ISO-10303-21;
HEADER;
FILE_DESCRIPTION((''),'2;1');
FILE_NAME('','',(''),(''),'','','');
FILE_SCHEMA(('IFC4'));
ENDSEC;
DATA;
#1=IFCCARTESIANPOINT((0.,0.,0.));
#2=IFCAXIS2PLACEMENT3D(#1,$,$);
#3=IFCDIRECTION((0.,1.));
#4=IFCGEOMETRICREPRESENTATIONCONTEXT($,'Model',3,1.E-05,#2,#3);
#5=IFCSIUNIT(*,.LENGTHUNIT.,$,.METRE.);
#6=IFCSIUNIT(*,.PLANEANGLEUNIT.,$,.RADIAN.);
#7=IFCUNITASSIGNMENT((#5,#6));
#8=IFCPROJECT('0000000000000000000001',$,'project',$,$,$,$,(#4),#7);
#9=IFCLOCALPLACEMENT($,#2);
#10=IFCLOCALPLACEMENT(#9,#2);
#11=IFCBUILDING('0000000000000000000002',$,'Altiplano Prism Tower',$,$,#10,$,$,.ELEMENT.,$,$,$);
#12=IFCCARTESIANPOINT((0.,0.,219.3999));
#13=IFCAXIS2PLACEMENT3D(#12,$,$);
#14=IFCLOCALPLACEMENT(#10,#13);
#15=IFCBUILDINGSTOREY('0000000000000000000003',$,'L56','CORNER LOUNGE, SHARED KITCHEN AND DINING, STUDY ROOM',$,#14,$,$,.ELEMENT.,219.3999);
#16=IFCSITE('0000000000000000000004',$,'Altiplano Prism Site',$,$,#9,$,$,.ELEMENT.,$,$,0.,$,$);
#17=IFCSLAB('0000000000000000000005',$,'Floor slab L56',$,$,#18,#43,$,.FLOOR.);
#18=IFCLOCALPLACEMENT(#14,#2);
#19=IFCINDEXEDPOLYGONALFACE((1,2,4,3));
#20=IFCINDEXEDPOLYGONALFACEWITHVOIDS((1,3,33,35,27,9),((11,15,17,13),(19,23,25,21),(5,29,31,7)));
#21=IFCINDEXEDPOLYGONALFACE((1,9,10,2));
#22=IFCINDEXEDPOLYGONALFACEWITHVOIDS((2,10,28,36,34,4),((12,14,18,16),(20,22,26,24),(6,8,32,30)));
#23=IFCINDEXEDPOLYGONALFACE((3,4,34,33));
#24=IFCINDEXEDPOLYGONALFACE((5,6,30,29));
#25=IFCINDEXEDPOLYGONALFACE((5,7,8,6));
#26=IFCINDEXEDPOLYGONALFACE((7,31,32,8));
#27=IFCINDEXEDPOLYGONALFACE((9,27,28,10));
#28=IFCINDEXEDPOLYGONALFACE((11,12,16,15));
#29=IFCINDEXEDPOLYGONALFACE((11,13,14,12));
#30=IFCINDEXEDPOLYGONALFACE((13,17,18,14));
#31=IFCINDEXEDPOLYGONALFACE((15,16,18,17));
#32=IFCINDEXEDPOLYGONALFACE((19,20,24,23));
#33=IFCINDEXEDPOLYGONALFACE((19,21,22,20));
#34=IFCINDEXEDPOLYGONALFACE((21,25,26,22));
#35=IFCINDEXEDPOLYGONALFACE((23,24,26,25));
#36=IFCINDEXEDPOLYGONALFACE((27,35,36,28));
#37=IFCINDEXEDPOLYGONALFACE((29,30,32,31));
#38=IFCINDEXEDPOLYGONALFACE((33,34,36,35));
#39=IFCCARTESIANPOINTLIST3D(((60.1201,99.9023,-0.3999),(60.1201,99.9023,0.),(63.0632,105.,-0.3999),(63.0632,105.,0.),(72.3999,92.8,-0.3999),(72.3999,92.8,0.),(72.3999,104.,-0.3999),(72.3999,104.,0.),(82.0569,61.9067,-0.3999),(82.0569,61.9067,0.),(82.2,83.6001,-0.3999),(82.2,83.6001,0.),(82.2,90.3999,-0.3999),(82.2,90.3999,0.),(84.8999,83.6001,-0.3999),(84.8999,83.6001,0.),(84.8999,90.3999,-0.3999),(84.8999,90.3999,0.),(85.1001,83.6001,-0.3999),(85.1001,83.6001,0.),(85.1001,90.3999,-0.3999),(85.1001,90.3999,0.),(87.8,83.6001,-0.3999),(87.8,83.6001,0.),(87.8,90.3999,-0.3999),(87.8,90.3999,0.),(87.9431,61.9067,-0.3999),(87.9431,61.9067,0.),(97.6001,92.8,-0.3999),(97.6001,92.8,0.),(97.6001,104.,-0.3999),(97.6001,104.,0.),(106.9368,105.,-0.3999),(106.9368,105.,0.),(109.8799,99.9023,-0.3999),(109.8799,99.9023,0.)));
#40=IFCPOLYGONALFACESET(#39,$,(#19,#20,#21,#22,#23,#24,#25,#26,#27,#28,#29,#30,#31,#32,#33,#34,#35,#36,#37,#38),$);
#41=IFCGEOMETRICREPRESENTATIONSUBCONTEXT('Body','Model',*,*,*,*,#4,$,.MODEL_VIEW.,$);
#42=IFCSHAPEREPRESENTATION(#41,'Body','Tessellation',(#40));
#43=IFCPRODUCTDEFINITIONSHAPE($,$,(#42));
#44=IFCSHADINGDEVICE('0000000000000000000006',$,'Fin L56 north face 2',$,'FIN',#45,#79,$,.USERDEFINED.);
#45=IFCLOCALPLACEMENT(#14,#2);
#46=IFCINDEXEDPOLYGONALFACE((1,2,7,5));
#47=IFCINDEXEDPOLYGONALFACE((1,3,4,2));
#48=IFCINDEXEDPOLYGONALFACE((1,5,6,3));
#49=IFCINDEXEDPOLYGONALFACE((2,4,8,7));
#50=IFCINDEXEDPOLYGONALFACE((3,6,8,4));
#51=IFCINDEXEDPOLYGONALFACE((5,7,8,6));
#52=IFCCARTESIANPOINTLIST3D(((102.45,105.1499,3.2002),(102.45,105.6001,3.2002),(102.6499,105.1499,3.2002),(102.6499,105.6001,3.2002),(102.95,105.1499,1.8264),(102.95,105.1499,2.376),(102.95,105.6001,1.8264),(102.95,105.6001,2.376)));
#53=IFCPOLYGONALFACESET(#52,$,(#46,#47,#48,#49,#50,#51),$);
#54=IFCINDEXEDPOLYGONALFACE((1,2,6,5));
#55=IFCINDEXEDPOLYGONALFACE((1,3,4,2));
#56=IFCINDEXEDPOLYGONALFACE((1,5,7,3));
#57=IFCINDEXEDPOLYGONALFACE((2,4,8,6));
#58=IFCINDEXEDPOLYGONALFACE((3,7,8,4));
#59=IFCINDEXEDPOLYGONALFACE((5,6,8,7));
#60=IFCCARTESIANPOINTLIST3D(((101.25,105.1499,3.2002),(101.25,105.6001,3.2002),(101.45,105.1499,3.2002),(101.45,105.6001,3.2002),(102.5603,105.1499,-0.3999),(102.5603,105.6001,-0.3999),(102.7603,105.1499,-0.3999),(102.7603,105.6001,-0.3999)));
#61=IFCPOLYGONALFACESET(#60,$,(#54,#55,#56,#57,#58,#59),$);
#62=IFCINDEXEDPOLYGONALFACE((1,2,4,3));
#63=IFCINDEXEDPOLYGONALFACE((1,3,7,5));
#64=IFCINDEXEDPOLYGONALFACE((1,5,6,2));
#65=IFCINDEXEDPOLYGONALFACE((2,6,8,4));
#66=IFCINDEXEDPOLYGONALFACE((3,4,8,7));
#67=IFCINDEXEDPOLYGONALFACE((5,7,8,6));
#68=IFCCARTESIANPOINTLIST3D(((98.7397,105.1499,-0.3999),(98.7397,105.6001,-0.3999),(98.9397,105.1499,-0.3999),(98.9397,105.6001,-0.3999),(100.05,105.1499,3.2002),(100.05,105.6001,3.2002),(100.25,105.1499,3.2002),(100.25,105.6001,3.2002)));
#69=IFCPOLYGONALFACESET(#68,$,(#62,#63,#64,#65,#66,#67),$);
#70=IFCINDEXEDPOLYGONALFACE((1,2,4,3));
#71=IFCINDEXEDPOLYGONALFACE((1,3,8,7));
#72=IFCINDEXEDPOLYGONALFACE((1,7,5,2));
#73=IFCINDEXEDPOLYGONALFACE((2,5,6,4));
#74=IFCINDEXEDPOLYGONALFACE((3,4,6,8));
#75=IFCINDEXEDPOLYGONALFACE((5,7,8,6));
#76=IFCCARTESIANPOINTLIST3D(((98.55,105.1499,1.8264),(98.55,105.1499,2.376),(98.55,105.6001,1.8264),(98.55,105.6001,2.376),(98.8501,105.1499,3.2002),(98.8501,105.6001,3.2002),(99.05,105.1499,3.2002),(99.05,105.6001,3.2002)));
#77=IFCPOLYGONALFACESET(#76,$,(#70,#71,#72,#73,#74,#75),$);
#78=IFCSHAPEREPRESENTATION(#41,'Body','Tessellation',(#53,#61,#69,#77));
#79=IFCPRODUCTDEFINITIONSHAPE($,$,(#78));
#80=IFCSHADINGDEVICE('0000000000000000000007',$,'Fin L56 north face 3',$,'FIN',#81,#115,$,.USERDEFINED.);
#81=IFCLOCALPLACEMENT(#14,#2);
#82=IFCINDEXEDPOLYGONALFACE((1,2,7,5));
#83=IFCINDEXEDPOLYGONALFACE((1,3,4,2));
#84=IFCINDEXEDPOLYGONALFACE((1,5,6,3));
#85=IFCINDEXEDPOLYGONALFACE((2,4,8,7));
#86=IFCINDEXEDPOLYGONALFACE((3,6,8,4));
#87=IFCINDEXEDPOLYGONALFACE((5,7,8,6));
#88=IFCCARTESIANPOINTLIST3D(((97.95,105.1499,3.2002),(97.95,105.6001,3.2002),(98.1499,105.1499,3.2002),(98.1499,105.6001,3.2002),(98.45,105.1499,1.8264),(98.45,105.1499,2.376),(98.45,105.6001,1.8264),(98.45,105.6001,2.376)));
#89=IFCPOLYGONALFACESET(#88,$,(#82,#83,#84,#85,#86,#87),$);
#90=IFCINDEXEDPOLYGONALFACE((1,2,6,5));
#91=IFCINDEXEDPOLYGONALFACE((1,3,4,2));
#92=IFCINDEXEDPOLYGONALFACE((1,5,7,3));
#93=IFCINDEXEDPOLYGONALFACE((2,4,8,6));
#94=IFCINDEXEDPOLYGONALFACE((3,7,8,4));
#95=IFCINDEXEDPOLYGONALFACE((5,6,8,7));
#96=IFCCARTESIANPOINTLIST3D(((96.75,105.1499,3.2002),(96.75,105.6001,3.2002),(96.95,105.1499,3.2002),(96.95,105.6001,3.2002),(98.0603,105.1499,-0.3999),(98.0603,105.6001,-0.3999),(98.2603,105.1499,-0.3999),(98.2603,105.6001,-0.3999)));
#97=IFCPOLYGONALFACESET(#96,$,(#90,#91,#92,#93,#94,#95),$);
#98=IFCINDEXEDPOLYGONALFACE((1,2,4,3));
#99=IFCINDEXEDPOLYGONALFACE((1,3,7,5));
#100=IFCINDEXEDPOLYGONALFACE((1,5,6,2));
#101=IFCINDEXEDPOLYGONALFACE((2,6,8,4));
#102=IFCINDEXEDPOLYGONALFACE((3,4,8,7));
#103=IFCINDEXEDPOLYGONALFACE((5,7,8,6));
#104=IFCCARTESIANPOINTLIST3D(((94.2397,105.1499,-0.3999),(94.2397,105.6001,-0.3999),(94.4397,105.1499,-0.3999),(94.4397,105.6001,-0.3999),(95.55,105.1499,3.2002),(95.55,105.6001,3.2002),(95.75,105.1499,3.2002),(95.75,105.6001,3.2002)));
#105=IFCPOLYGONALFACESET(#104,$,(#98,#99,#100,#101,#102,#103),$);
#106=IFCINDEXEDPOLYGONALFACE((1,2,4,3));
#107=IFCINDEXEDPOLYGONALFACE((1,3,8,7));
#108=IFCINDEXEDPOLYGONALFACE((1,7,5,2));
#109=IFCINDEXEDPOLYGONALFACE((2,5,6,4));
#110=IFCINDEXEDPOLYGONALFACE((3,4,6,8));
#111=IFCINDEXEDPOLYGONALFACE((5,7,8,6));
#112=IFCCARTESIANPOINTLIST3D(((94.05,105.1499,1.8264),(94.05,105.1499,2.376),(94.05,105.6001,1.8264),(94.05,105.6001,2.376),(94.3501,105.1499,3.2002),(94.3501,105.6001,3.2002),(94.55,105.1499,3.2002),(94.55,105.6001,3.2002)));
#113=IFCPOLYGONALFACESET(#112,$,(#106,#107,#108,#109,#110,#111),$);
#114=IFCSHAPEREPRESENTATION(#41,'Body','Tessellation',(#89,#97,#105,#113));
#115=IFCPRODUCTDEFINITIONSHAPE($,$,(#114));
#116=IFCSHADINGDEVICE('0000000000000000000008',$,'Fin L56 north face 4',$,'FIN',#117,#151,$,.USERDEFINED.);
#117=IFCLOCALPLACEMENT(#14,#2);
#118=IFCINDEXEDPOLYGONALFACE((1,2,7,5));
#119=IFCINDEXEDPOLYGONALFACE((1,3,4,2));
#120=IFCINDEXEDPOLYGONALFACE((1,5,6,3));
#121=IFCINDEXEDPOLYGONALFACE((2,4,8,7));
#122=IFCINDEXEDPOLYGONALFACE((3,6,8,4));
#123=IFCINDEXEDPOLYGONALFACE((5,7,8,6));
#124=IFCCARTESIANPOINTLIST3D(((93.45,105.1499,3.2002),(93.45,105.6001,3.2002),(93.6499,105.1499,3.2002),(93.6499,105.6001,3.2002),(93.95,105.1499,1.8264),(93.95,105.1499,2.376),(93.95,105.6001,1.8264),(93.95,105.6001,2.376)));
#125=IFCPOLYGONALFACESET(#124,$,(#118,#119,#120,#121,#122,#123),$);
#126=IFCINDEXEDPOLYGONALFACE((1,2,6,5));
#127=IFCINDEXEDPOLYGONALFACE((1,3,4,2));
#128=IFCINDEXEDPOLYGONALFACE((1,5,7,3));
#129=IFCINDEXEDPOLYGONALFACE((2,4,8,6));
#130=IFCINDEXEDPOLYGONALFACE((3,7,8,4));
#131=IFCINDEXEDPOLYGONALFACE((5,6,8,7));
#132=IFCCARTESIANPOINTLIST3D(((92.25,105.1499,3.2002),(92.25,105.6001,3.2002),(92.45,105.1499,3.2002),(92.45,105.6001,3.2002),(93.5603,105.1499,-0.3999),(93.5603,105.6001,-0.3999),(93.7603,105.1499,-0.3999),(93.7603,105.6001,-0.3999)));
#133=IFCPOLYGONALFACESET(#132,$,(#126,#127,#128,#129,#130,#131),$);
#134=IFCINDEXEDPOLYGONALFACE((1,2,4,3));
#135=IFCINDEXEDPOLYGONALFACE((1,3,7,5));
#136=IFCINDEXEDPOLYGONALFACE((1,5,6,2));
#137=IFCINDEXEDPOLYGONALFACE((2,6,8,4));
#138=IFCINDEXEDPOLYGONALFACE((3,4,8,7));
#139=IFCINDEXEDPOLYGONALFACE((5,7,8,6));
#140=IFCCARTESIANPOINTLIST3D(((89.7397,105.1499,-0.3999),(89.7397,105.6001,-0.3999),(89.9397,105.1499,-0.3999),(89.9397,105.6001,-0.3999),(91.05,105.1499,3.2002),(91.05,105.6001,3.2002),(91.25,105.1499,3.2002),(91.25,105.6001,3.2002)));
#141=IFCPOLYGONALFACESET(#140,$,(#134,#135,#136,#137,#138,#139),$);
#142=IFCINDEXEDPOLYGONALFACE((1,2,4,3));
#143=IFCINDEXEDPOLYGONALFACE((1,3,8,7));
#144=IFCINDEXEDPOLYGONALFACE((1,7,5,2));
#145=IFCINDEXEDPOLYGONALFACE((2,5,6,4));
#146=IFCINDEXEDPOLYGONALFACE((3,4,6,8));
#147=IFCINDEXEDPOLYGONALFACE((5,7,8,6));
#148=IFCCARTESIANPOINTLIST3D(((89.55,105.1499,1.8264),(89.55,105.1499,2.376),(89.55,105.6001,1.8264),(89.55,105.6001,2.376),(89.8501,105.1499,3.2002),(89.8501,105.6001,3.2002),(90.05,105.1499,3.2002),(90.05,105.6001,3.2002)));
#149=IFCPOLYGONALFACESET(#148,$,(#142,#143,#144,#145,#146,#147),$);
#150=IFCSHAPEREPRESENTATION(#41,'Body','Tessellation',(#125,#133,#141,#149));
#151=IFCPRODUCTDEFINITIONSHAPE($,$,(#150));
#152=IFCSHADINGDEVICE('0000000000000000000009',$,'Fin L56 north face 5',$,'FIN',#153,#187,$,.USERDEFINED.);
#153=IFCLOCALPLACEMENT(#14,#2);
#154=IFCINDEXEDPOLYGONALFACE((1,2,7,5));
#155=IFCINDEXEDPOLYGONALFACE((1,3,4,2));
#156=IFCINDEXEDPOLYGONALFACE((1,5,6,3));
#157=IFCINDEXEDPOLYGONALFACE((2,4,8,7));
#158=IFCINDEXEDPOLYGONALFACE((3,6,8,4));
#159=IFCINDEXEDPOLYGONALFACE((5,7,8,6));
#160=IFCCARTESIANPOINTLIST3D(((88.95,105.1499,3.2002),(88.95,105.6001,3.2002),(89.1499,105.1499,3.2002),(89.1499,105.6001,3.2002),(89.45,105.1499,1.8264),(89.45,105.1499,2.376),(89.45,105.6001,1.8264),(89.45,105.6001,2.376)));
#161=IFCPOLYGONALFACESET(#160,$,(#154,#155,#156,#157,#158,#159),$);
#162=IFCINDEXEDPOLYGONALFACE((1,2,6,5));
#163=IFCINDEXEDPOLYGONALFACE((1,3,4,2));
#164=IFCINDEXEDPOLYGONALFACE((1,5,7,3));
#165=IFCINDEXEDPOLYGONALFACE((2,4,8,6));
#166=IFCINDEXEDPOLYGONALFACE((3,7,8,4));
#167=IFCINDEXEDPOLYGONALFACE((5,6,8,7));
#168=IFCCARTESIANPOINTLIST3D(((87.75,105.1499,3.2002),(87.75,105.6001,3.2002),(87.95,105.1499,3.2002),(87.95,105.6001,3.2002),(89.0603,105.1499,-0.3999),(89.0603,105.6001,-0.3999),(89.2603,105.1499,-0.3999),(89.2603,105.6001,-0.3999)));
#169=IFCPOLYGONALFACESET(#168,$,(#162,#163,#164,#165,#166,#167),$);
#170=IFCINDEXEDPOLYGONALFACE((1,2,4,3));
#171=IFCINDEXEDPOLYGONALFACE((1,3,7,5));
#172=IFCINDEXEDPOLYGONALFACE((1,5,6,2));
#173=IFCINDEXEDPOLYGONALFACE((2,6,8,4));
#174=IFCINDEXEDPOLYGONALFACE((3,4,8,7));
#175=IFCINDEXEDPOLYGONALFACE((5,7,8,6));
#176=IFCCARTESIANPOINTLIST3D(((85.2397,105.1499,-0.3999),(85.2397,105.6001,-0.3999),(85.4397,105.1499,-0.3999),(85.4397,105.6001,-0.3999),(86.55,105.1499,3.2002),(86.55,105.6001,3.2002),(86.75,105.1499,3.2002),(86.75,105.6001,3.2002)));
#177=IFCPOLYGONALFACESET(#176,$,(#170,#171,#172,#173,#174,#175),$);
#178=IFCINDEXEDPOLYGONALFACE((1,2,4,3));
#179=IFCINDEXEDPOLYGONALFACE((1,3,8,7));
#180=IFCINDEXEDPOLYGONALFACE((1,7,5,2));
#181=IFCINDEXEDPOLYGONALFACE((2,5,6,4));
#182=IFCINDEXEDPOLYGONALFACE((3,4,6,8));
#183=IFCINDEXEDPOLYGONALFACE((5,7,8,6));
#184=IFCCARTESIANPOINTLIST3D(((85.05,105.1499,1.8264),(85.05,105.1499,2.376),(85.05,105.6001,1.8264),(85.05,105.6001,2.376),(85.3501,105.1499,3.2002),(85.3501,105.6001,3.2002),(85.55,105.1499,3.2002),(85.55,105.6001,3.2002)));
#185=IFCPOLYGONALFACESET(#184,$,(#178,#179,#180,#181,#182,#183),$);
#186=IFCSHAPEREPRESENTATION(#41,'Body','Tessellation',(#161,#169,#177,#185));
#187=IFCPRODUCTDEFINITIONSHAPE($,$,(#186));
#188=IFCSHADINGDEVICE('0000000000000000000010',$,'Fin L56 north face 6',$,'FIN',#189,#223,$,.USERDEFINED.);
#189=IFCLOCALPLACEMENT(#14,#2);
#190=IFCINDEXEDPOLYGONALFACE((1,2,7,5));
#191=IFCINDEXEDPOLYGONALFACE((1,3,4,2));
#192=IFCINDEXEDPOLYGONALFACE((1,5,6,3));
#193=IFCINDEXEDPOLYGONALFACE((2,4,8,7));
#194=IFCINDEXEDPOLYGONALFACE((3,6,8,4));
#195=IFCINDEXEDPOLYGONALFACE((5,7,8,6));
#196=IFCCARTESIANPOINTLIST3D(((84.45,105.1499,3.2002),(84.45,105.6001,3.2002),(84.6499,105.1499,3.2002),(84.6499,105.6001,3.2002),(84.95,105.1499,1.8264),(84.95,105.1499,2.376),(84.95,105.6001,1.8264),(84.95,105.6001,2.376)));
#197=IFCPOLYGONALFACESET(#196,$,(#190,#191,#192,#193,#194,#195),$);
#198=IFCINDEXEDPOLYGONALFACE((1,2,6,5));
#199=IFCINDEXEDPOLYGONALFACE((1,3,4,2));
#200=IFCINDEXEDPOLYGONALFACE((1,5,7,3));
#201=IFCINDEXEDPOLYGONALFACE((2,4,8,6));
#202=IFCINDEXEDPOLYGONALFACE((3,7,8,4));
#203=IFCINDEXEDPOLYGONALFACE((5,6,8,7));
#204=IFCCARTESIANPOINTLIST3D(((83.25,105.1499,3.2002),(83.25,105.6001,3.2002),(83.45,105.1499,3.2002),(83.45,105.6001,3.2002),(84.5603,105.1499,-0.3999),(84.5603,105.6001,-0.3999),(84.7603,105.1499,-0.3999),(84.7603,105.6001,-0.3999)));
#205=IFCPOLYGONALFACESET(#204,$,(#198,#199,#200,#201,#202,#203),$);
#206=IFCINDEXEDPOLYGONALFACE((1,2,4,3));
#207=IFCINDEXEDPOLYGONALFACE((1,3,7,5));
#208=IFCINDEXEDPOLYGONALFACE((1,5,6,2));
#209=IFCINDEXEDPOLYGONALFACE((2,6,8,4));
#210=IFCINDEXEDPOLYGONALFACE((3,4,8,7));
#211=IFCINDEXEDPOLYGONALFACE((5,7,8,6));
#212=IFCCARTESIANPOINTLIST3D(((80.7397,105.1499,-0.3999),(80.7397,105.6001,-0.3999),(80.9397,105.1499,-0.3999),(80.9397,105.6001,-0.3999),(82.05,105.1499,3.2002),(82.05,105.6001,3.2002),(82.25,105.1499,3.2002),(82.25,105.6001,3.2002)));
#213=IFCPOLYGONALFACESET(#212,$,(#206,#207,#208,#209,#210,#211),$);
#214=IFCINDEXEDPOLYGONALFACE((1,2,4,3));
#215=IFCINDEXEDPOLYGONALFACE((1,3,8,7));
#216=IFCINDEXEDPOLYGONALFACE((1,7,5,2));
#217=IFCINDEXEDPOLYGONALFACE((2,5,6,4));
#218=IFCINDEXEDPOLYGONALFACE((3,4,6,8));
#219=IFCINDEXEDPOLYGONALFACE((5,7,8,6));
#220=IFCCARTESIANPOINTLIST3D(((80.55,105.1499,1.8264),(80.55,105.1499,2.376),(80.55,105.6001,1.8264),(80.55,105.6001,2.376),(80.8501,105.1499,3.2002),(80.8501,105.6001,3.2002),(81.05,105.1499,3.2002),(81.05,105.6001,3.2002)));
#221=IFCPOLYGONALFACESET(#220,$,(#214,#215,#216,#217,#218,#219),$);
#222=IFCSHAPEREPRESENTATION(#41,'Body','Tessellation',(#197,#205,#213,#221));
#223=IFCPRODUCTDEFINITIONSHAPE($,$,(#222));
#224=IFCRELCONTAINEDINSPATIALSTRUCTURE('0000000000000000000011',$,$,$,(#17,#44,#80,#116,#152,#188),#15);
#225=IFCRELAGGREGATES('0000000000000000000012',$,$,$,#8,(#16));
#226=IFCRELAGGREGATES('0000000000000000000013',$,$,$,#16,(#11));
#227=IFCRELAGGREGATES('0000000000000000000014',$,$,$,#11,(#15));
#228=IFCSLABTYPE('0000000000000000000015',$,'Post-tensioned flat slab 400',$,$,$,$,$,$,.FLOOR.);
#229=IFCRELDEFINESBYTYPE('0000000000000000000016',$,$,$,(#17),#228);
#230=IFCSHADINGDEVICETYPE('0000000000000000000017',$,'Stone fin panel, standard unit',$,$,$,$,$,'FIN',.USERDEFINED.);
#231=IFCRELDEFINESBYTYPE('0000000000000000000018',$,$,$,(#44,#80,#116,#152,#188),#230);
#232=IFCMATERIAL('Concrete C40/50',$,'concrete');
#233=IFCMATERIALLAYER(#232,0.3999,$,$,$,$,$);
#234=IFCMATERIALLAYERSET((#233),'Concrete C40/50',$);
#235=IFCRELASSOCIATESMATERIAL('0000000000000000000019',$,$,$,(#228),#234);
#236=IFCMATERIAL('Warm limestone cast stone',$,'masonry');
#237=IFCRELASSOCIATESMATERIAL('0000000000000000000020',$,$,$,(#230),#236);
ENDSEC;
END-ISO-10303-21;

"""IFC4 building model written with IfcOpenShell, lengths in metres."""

from ifc_helpers import new_model, si_unit, direction, frame, origin, place, context, subcontext, project, spatial, polyline, outline, extrude, source, transform, mapped, material, layer, layer_set, type_object, element, save


model = new_model("IFC4")

# Units and contexts
model_context = context("Model", 3, precision=1e-05, world=origin(), true_north=direction((0.0, 1.0)))
body_context = subcontext(model_context, "Body", "Model", "MODEL_VIEW")
ifc_project = project(units=[si_unit("LENGTHUNIT", "METRE"), si_unit("PLANEANGLEUNIT", "RADIAN")], contexts=[model_context])

# Site, building, storey
site_placement = place(None, origin())
site = spatial("IfcSite", under=ifc_project, at=site_placement, Name="Altiplano Prism Site", CompositionType="ELEMENT", RefElevation=0.0)
building_placement = place(site_placement, origin())
building = spatial("IfcBuilding", under=site, at=building_placement, Name="Altiplano Prism Tower", CompositionType="ELEMENT")
storey_placement = place(building_placement, frame((0.0, 0.0, 219.3999)))
storey = spatial("IfcBuildingStorey", under=building, at=storey_placement, Name="L56", Description="CORNER LOUNGE, SHARED KITCHEN AND DINING, STUDY ROOM", CompositionType="ELEMENT", Elevation=219.3999)

# Slab
ifc_material_1 = material(Name="Concrete C40/50", Category="concrete")
ifc_layer = layer(ifc_material_1, 0.3999)
ifc_layer_set = layer_set([ifc_layer], Name="Concrete C40/50")
slab_type = type_object("IfcSlabType", Name="Post-tensioned flat slab 400", PredefinedType="FLOOR", material=ifc_layer_set)
slab_placement = place(storey_placement, frame((0.0, 0.0, -0.3999)))
element("IfcSlab", 1, at=slab_placement, inside=storey, type_object=slab_type, Name="Floor slab L56", PredefinedType="FLOOR", context=body_context, shape_type="SweptSolid", body=[
    extrude(outline(polyline([(82.0569, 61.9067), (60.1201, 99.9023), (63.0632, 105.0), (106.9368, 105.0), (109.8799, 99.9023), (87.9431, 61.9067), (82.0569, 61.9067)]), holes=[polyline([(72.3999, 104.0), (72.3999, 92.8), (97.6001, 92.8), (97.6001, 104.0), (72.3999, 104.0)]), polyline([(84.8999, 90.3999), (82.2, 90.3999), (82.2, 83.6001), (84.8999, 83.6001), (84.8999, 90.3999)]), polyline([(87.8, 83.6001), (87.8, 90.3999), (85.1001, 90.3999), (85.1001, 83.6001), (87.8, 83.6001)])]), origin(), (0.0, 0.0, 1.0), 0.3999),
])

# Shading devices
ifc_material_2 = material(Name="Warm limestone cast stone", Category="masonry")
shading_device_type_1 = type_object("IfcShadingDeviceType", Name="Stone fin panel, standard unit", ElementType="FIN", PredefinedType="USERDEFINED", material=ifc_material_2)
shared_shape_1 = source(origin(), body_context, "Body", "SweptSolid", [
    extrude(outline(polyline([(-2.2, 2.2263), (-1.7, 3.6001), (-1.8999, 3.6001), (-2.2, 2.7759), (-2.2, 2.2263)])), frame((0.0, -0.1499, 0.0), z_axis=(0.0, -1.0, 0.0), x_axis=(1.0, 0.0, 0.0)), (0.0, 0.0, 1.0), 0.4502),
    extrude(outline(polyline([(-2.0103, 0.0), (-1.8103, 0.0), (-0.5, 3.6001), (-0.7, 3.6001), (-2.0103, 0.0)])), frame((0.0, -0.1499, 0.0), z_axis=(0.0, -1.0, 0.0), x_axis=(1.0, 0.0, 0.0)), (0.0, 0.0, 1.0), 0.4502),
    extrude(outline(polyline([(1.8103, 0.0), (2.0103, 0.0), (0.7, 3.6001), (0.5, 3.6001), (1.8103, 0.0)])), frame((0.0, -0.1499, 0.0), z_axis=(0.0, -1.0, 0.0), x_axis=(1.0, 0.0, 0.0)), (0.0, 0.0, 1.0), 0.4502),
    extrude(outline(polyline([(2.2, 2.7759), (1.8999, 3.6001), (1.7, 3.6001), (2.2, 2.2263), (2.2, 2.7759)])), frame((0.0, -0.1499, 0.0), z_axis=(0.0, -1.0, 0.0), x_axis=(1.0, 0.0, 0.0)), (0.0, 0.0, 1.0), 0.4502),
])
shading_device_1_placement = place(storey_placement, origin())
element("IfcShadingDevice", 2, at=shading_device_1_placement, inside=storey, type_object=shading_device_type_1, Name="Fin L56 north face 2", ObjectType="FIN", PredefinedType="USERDEFINED", context=body_context, shape_type="MappedRepresentation", body=[
    mapped(shared_shape_1, transform((100.75, 105.0, -0.3999), x_axis=(-1.0, 0.0, 0.0), y_axis=(0.0, -1.0, 0.0), z_axis=(0.0, 0.0, 1.0))),
])
shading_device_2_placement = place(storey_placement, origin())
element("IfcShadingDevice", 3, at=shading_device_2_placement, inside=storey, type_object=shading_device_type_1, Name="Fin L56 north face 3", ObjectType="FIN", PredefinedType="USERDEFINED", context=body_context, shape_type="MappedRepresentation", body=[
    mapped(shared_shape_1, transform((96.25, 105.0, -0.3999), x_axis=(-1.0, 0.0, 0.0), y_axis=(0.0, -1.0, 0.0), z_axis=(0.0, 0.0, 1.0))),
])
shading_device_3_placement = place(storey_placement, origin())
element("IfcShadingDevice", 4, at=shading_device_3_placement, inside=storey, type_object=shading_device_type_1, Name="Fin L56 north face 4", ObjectType="FIN", PredefinedType="USERDEFINED", context=body_context, shape_type="MappedRepresentation", body=[
    mapped(shared_shape_1, transform((91.75, 105.0, -0.3999), x_axis=(-1.0, 0.0, 0.0), y_axis=(0.0, -1.0, 0.0), z_axis=(0.0, 0.0, 1.0))),
])
shading_device_4_placement = place(storey_placement, origin())
element("IfcShadingDevice", 5, at=shading_device_4_placement, inside=storey, type_object=shading_device_type_1, Name="Fin L56 north face 5", ObjectType="FIN", PredefinedType="USERDEFINED", context=body_context, shape_type="MappedRepresentation", body=[
    mapped(shared_shape_1, transform((87.25, 105.0, -0.3999), x_axis=(-1.0, 0.0, 0.0), y_axis=(0.0, -1.0, 0.0), z_axis=(0.0, 0.0, 1.0))),
])
shading_device_5_placement = place(storey_placement, origin())
element("IfcShadingDevice", 6, at=shading_device_5_placement, inside=storey, type_object=shading_device_type_1, Name="Fin L56 north face 6", ObjectType="FIN", PredefinedType="USERDEFINED", context=body_context, shape_type="MappedRepresentation", body=[
    mapped(shared_shape_1, transform((82.75, 105.0, -0.3999), x_axis=(-1.0, 0.0, 0.0), y_axis=(0.0, -1.0, 0.0), z_axis=(0.0, 0.0, 1.0))),
])

save(model, "model.ifc")
